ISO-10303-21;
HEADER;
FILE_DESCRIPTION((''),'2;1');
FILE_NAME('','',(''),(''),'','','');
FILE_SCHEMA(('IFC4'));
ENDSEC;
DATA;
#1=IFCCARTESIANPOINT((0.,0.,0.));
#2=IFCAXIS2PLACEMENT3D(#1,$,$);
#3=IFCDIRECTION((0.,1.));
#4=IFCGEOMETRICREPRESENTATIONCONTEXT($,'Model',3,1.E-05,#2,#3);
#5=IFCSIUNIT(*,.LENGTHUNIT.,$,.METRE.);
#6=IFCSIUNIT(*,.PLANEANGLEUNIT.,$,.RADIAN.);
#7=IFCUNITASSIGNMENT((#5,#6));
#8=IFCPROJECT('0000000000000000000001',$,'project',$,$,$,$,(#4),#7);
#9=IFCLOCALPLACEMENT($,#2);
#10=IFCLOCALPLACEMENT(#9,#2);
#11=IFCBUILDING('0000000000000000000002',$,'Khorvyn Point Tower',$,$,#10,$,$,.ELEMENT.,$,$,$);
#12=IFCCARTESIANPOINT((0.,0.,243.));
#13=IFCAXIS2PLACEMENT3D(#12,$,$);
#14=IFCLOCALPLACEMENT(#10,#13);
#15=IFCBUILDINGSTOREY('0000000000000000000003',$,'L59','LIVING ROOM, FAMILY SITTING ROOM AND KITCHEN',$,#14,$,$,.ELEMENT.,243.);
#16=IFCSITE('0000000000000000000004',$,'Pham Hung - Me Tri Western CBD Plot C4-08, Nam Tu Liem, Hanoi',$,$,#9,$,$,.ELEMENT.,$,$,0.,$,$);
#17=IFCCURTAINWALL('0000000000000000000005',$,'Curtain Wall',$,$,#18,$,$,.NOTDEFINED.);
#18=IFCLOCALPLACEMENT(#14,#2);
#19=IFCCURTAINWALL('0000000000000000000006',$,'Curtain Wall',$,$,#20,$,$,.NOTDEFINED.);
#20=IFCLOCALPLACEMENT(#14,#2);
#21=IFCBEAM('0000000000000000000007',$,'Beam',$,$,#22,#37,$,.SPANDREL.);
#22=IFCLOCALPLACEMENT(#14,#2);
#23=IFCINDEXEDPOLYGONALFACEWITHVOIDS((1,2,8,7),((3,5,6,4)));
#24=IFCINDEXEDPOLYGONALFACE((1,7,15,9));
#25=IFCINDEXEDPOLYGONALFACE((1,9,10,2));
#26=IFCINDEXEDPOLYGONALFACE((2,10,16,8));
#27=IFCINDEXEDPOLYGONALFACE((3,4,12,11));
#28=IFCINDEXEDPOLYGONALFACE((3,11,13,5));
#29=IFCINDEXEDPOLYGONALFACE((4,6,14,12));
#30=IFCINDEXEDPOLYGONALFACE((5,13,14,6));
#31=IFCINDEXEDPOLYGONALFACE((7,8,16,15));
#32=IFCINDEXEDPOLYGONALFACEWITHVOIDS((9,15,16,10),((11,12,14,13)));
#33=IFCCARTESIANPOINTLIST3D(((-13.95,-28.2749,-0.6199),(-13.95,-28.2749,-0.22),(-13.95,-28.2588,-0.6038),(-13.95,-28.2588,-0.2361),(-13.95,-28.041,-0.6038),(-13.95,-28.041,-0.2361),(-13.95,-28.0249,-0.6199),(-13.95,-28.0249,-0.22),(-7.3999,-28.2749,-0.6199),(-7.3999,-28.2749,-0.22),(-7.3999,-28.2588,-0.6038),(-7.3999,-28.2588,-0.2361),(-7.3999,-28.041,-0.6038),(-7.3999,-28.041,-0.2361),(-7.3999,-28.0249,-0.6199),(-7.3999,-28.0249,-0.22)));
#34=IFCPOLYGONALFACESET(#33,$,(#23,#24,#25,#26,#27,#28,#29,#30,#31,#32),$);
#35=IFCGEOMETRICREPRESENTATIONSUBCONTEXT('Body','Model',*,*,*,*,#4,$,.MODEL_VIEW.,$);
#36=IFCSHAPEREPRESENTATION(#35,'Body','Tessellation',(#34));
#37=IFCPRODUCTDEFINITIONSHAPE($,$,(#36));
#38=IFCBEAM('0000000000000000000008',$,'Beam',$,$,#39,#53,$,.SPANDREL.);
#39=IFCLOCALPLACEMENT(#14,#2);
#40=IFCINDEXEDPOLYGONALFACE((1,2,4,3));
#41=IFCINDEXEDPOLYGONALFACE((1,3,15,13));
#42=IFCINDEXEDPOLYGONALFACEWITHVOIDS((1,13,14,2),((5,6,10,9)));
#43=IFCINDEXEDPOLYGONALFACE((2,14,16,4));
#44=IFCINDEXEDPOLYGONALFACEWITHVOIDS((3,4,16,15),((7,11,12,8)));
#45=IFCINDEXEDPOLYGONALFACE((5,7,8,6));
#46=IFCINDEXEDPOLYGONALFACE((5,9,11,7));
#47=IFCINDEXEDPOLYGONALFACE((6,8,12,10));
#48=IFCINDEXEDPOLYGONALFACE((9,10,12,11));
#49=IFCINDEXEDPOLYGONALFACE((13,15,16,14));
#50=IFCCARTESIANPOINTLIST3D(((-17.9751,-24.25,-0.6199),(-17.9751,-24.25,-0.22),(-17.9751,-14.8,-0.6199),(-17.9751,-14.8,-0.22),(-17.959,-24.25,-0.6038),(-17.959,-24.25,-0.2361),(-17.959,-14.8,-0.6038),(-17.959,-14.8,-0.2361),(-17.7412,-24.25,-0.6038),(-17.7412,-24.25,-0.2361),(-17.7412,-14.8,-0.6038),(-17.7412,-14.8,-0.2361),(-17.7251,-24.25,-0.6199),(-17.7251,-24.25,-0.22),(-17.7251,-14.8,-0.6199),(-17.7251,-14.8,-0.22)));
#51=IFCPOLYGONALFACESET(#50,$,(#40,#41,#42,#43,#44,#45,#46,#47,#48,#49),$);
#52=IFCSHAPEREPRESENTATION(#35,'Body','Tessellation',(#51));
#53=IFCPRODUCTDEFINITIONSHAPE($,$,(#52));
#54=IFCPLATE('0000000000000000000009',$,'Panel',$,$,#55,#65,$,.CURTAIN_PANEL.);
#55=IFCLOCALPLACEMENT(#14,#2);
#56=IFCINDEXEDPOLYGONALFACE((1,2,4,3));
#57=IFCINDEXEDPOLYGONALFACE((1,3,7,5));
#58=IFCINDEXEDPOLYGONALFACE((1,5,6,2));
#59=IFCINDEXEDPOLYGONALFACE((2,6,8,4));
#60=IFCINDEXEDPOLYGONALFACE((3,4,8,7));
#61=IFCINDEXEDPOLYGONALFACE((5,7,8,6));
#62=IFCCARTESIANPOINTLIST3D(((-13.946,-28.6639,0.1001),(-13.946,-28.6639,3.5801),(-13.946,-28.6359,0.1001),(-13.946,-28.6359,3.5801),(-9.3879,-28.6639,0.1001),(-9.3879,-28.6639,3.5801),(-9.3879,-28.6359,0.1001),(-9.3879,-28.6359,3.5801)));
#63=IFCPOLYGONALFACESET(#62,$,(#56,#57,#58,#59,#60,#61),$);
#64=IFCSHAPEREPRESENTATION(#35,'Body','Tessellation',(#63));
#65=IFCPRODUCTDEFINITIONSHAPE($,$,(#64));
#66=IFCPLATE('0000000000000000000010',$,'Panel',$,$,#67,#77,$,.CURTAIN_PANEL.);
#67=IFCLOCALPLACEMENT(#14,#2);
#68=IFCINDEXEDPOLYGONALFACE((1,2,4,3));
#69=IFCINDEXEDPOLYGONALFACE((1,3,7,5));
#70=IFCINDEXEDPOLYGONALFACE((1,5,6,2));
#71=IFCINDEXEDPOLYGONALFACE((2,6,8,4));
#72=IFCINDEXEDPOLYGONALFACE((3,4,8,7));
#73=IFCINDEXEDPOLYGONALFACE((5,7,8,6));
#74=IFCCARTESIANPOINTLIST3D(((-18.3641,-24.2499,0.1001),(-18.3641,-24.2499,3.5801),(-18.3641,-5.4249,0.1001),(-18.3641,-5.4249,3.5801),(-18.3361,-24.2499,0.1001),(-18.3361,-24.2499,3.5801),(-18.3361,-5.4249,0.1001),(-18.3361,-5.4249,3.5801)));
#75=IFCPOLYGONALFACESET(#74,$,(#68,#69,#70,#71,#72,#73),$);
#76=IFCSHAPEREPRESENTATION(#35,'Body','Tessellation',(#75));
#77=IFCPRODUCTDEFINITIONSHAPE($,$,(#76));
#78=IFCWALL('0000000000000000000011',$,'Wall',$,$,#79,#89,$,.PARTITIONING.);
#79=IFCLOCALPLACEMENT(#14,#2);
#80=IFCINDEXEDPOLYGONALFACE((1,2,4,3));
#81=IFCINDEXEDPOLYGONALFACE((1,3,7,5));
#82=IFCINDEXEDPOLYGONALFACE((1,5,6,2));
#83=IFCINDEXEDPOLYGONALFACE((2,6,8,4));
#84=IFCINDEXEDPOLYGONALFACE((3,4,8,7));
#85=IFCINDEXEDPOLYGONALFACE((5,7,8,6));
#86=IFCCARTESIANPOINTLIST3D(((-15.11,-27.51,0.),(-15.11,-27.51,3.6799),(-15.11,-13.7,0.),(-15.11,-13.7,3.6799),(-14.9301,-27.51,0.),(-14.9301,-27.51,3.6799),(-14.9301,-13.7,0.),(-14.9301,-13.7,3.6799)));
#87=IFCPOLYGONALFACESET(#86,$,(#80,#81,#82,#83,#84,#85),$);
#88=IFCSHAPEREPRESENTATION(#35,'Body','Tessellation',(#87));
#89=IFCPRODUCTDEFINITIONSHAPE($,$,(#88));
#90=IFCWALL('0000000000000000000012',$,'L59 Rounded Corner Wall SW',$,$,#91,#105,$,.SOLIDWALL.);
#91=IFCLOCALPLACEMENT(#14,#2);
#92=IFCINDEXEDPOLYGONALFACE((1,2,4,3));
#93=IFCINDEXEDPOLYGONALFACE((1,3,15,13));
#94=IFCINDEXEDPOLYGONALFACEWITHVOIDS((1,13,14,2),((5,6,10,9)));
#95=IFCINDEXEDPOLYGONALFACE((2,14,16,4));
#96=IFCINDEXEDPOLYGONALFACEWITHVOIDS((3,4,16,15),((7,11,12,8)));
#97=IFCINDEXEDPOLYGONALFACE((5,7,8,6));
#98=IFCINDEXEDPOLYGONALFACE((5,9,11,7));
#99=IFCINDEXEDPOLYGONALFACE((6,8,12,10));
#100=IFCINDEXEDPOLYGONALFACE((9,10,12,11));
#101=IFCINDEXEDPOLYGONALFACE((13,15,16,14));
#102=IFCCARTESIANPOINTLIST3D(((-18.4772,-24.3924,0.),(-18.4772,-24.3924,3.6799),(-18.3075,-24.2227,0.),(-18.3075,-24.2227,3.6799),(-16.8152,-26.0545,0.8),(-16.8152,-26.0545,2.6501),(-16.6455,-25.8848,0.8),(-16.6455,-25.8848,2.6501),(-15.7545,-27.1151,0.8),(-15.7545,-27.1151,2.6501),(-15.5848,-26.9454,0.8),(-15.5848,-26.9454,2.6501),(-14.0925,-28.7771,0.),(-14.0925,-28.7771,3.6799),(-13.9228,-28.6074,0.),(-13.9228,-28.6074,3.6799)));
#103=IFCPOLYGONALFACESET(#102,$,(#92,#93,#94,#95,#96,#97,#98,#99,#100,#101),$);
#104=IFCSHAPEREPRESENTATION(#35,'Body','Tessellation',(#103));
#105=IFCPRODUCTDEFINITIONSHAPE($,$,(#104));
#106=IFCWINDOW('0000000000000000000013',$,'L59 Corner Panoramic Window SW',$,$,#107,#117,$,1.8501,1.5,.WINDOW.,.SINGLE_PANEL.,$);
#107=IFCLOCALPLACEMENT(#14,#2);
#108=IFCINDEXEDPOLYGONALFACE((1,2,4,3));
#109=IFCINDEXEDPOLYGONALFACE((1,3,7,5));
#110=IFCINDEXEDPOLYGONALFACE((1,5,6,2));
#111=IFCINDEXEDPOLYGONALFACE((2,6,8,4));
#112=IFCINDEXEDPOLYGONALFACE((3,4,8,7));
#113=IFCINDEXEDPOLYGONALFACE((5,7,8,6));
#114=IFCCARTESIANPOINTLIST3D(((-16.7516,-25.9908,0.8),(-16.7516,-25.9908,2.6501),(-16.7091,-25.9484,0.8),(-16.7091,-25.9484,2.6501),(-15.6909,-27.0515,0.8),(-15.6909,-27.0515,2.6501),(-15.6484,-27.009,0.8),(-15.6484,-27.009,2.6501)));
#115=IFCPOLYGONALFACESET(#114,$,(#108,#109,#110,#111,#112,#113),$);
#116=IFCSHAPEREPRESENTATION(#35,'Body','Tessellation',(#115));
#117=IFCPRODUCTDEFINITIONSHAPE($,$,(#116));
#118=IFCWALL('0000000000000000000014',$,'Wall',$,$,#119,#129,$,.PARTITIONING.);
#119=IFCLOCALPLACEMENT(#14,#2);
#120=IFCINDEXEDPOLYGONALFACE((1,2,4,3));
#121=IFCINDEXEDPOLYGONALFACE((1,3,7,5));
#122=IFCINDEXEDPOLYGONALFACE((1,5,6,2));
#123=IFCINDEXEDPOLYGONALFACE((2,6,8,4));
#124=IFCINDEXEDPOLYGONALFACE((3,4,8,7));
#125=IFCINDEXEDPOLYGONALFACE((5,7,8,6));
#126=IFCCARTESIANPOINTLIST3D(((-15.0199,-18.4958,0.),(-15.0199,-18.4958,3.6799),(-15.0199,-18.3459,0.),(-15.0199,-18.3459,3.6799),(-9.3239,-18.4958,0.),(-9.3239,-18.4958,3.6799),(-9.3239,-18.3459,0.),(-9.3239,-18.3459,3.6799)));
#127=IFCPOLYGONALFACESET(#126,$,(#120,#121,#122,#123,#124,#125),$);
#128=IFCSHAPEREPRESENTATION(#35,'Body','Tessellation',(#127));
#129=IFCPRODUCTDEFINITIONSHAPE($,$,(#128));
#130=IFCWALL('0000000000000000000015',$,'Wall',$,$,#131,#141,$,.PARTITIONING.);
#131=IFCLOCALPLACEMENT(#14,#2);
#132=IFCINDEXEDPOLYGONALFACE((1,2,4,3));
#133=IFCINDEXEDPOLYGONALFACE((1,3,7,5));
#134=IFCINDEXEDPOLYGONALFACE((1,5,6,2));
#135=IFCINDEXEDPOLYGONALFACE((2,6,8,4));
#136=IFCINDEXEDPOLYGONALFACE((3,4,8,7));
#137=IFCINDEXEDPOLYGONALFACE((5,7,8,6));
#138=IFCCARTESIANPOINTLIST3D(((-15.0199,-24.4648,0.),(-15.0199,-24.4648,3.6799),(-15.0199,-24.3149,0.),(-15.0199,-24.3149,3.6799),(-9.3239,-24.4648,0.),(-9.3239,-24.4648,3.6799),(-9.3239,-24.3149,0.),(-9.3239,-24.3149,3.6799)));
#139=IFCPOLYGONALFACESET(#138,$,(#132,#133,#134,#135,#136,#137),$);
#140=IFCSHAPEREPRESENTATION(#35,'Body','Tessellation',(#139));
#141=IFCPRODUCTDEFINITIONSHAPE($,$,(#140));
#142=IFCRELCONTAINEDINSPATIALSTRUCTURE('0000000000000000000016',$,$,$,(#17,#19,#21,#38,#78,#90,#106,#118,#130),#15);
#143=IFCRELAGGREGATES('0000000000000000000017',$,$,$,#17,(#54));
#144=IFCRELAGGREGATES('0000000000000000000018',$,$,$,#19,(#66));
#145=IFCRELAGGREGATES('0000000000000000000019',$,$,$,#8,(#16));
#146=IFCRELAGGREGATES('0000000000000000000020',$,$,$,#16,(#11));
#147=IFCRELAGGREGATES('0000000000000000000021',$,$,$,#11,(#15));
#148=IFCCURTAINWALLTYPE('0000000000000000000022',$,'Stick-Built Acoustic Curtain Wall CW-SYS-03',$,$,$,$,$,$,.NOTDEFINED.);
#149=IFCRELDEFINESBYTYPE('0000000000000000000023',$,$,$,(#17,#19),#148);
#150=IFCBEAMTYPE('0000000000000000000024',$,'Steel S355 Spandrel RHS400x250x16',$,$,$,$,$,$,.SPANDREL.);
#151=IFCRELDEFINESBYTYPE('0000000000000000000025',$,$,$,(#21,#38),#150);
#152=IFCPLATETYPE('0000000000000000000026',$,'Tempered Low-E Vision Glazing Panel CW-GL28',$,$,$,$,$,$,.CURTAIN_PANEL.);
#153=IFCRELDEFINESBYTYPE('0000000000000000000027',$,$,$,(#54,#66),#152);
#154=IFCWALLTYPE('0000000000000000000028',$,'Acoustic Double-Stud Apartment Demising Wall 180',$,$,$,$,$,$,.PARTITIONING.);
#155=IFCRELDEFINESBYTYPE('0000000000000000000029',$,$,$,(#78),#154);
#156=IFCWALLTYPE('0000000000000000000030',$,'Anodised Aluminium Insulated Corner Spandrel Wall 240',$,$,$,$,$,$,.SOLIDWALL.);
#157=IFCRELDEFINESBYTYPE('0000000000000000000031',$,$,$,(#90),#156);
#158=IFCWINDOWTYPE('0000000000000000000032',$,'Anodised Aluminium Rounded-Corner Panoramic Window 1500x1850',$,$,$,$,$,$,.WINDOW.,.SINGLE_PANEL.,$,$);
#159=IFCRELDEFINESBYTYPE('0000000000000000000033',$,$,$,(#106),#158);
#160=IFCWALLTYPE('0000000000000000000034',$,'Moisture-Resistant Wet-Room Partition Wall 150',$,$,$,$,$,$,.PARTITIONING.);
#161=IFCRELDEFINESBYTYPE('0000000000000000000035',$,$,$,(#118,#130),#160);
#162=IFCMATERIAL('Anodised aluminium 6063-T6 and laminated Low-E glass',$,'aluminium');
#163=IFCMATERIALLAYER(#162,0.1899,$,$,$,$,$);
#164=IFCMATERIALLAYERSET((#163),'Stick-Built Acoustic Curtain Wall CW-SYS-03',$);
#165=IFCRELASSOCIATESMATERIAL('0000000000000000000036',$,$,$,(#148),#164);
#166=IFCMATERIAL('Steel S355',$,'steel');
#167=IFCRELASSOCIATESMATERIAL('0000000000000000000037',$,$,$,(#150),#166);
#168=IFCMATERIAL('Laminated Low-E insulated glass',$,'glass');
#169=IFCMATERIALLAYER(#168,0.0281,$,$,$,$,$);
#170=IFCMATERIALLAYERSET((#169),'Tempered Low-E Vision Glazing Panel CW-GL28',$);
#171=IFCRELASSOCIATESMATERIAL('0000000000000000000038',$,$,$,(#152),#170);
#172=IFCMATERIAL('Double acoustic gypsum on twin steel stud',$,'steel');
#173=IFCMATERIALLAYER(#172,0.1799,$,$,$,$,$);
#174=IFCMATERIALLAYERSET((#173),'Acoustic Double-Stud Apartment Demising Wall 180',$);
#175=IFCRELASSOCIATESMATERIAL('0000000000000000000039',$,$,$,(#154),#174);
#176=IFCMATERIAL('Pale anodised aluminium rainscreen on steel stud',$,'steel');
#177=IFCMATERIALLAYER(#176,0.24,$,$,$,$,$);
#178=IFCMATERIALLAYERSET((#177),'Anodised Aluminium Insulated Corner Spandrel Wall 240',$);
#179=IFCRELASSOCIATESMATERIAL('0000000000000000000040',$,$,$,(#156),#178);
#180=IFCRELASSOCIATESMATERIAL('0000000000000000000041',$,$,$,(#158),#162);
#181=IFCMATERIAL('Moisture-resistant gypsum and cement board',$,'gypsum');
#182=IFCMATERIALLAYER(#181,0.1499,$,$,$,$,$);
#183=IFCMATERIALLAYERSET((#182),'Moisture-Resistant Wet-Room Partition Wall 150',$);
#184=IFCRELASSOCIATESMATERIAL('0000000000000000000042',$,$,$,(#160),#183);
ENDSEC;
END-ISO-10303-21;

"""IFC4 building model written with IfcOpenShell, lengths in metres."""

from ifc_helpers import new_model, si_unit, direction, frame, frame_2d, origin, origin_2d, place, context, subcontext, project, spatial, rectangle, hollow_rectangle, extrude, material, layer, layer_set, material_profile, profile_set, type_object, element, fill, aggregate, save


model = new_model("IFC4")

# Units and contexts
model_context = context("Model", 3, precision=1e-05, world=origin(), true_north=direction((0.0, 1.0)))
body_context = subcontext(model_context, "Body", "Model", "MODEL_VIEW")
ifc_project = project(units=[si_unit("LENGTHUNIT", "METRE"), si_unit("PLANEANGLEUNIT", "RADIAN")], contexts=[model_context])

# Site, building, storey
site_placement = place(None, origin())
site = spatial("IfcSite", under=ifc_project, at=site_placement, Name="Pham Hung - Me Tri Western CBD Plot C4-08, Nam Tu Liem, Hanoi", CompositionType="ELEMENT", RefElevation=0.0)
building_placement = place(site_placement, origin())
building = spatial("IfcBuilding", under=site, at=building_placement, Name="Khorvyn Point Tower", CompositionType="ELEMENT")
storey_placement = place(building_placement, frame((0.0, 0.0, 243.0)))
storey = spatial("IfcBuildingStorey", under=building, at=storey_placement, Name="L59", Description="LIVING ROOM, FAMILY SITTING ROOM AND KITCHEN", CompositionType="ELEMENT", Elevation=243.0)

# Curtain wall
ifc_material_1 = material(Name="Anodised aluminium 6063-T6 and laminated Low-E glass", Category="aluminium")
ifc_layer_1 = layer(ifc_material_1, 0.1899)
ifc_layer_set_1 = layer_set([ifc_layer_1], Name="Stick-Built Acoustic Curtain Wall CW-SYS-03")
curtain_wall_type = type_object("IfcCurtainWallType", Name="Stick-Built Acoustic Curtain Wall CW-SYS-03", PredefinedType="NOTDEFINED", material=ifc_layer_set_1)
curtain_wall_1_placement = place(storey_placement, origin())
curtain_wall_1 = element("IfcCurtainWall", 1, at=curtain_wall_1_placement, inside=storey, type_object=curtain_wall_type, Name="Curtain Wall", PredefinedType="NOTDEFINED")

# Curtain wall
curtain_wall_2_placement = place(storey_placement, origin())
curtain_wall_2 = element("IfcCurtainWall", 2, at=curtain_wall_2_placement, inside=storey, type_object=curtain_wall_type, Name="Curtain Wall", PredefinedType="NOTDEFINED")

# Beams
ifc_material_2 = material(Name="Steel S355", Category="steel")
ifc_material_profile_1 = material_profile(ifc_material_2, hollow_rectangle(XDim=0.25, YDim=0.3999, WallThickness=0.0161, at=origin_2d()))
ifc_profile_set_1 = profile_set([ifc_material_profile_1], Name="Steel S355 RHS400x250x16")
beam_type_1 = type_object("IfcBeamType", Name="Steel S355 Spandrel RHS400x250x16", PredefinedType="SPANDREL", material=ifc_profile_set_1)
beam_1_placement = place(storey_placement, frame((-13.95, -28.1499, -0.4199), z_axis=(1.0, 0.0, 0.0), x_axis=(0.0, 1.0, 0.0)))
element("IfcBeam", 3, at=beam_1_placement, inside=storey, type_object=beam_type_1, Name="Beam", PredefinedType="SPANDREL", context=body_context, shape_type="SweptSolid", body=[
    extrude(hollow_rectangle(XDim=0.25, YDim=0.3999, WallThickness=0.0161, at=origin_2d()), origin(), (0.0, 0.0, 1.0), 6.55),
])
beam_2_placement = place(storey_placement, frame((-17.8501, -24.25, -0.4199), z_axis=(0.0, 1.0, 0.0), x_axis=(-1.0, 0.0, 0.0)))
element("IfcBeam", 4, at=beam_2_placement, inside=storey, type_object=beam_type_1, Name="Beam", PredefinedType="SPANDREL", context=body_context, shape_type="SweptSolid", body=[
    extrude(hollow_rectangle(XDim=0.25, YDim=0.3999, WallThickness=0.0161, at=origin_2d()), origin(), (0.0, 0.0, 1.0), 9.45),
])

# Plates
ifc_material_3 = material(Name="Laminated Low-E insulated glass", Category="glass")
ifc_layer_2 = layer(ifc_material_3, 0.0281)
ifc_layer_set_2 = layer_set([ifc_layer_2], Name="Tempered Low-E Vision Glazing Panel CW-GL28")
plate_type = type_object("IfcPlateType", Name="Tempered Low-E Vision Glazing Panel CW-GL28", PredefinedType="CURTAIN_PANEL", material=ifc_layer_set_2)
plate_1_placement = place(storey_placement, frame((-11.667, -28.6499, 0.1001), z_axis=(0.0, 0.0, 1.0), x_axis=(-1.0, 0.0, 0.0)))
plate_1 = element("IfcPlate", 5, at=plate_1_placement, type_object=plate_type, Name="Panel", PredefinedType="CURTAIN_PANEL", context=body_context, shape_type="SweptSolid", body=[
    extrude(rectangle(XDim=4.5581, YDim=0.0281, at=origin_2d()), origin(), (0.0, 0.0, 1.0), 3.48),
])
aggregate(curtain_wall_1, [plate_1])
plate_2_placement = place(storey_placement, frame((-18.3501, -14.8374, 0.1001), z_axis=(0.0, 0.0, 1.0), x_axis=(0.0, 1.0, 0.0)))
plate_2 = element("IfcPlate", 6, at=plate_2_placement, type_object=plate_type, Name="Panel", PredefinedType="CURTAIN_PANEL", context=body_context, shape_type="SweptSolid", body=[
    extrude(rectangle(XDim=18.825, YDim=0.0281, at=origin_2d()), origin(), (0.0, 0.0, 1.0), 3.48),
])
aggregate(curtain_wall_2, [plate_2])

# Wall
ifc_material_4 = material(Name="Double acoustic gypsum on twin steel stud", Category="steel")
ifc_layer_3 = layer(ifc_material_4, 0.1799)
ifc_layer_set_3 = layer_set([ifc_layer_3], Name="Acoustic Double-Stud Apartment Demising Wall 180")
wall_type_1 = type_object("IfcWallType", Name="Acoustic Double-Stud Apartment Demising Wall 180", PredefinedType="PARTITIONING", material=ifc_layer_set_3)
wall_1_placement = place(storey_placement, frame((-15.02, -27.51, 0.0), z_axis=(0.0, 0.0, 1.0), x_axis=(0.0, 1.0, 0.0)))
element("IfcWall", 7, at=wall_1_placement, inside=storey, type_object=wall_type_1, Name="Wall", PredefinedType="PARTITIONING", context=body_context, shape_type="SweptSolid", body=[
    extrude(rectangle(XDim=13.8101, YDim=0.1799, at=frame_2d((6.905, 0.0))), origin(), (0.0, 0.0, 1.0), 3.6799),
])

# Wall, opening, window
ifc_material_5 = material(Name="Pale anodised aluminium rainscreen on steel stud", Category="steel")
ifc_layer_4 = layer(ifc_material_5, 0.24)
ifc_layer_set_4 = layer_set([ifc_layer_4], Name="Anodised Aluminium Insulated Corner Spandrel Wall 240")
wall_type_2 = type_object("IfcWallType", Name="Anodised Aluminium Insulated Corner Spandrel Wall 240", PredefinedType="SOLIDWALL", material=ifc_layer_set_4)
wall_2_placement = place(storey_placement, frame((-14.0076, -28.6924, 0.0), z_axis=(0.0, 0.0, 1.0), x_axis=(-0.707107, 0.707107, 0.0)))
wall_2 = element("IfcWall", 8, at=wall_2_placement, inside=storey, type_object=wall_type_2, Name="L59 Rounded Corner Wall SW", PredefinedType="SOLIDWALL", context=body_context, shape_type="SweptSolid", body=[
    extrude(rectangle(XDim=6.2009, YDim=0.24, at=frame_2d((3.1006, 0.0))), origin(), (0.0, 0.0, 1.0), 3.6799),
])
opening_placement = place(wall_2_placement, frame((2.3506, 0.0, 0.8)))
opening = element("IfcOpeningElement", 9, at=opening_placement, cuts=wall_2, PredefinedType="OPENING", context=body_context, shape_type="SweptSolid", body=[
    extrude(rectangle(XDim=1.5, YDim=1.8501, at=frame_2d((0.75, 0.925))), frame((0.0, 0.1299, 0.0), z_axis=(0.0, -1.0, 0.0), x_axis=(1.0, 0.0, 0.0)), (0.0, 0.0, 1.0), 0.26),
])
window_type = type_object("IfcWindowType", Name="Anodised Aluminium Rounded-Corner Panoramic Window 1500x1850", PartitioningType="SINGLE_PANEL", PredefinedType="WINDOW", material=ifc_material_1)
window_placement = place(opening_placement, origin())
window = element("IfcWindow", 10, at=window_placement, inside=storey, type_object=window_type, Name="L59 Corner Panoramic Window SW", OverallHeight=1.8501, OverallWidth=1.5, PartitioningType="SINGLE_PANEL", PredefinedType="WINDOW", context=body_context, shape_type="SweptSolid", body=[
    extrude(rectangle(XDim=1.5, YDim=1.8501, at=frame_2d((0.75, 0.925))), frame((0.0, 0.03, 0.0), z_axis=(0.0, -1.0, 0.0), x_axis=(1.0, 0.0, 0.0)), (0.0, 0.0, 1.0), 0.0601),
])
fill(opening, window)

# Walls
ifc_material_6 = material(Name="Moisture-resistant gypsum and cement board", Category="gypsum")
ifc_layer_5 = layer(ifc_material_6, 0.1499)
ifc_layer_set_5 = layer_set([ifc_layer_5], Name="Moisture-Resistant Wet-Room Partition Wall 150")
wall_type_3 = type_object("IfcWallType", Name="Moisture-Resistant Wet-Room Partition Wall 150", PredefinedType="PARTITIONING", material=ifc_layer_set_5)
for number, where, z_axis, x_axis, name in (
    (11, (-15.02, -18.4209, 0.0), (0.0, 0.0, 1.0), (1.0, 0.0, 0.0), "Wall"),
    (12, (-15.02, -24.3899, 0.0), (0.0, 0.0, 1.0), (1.0, 0.0, 0.0), "Wall"),
):
    element("IfcWall", number, at=place(storey_placement, frame(where, z_axis=z_axis, x_axis=x_axis)), inside=storey, type_object=wall_type_3, Name=name, PredefinedType="PARTITIONING", context=body_context, shape_type="SweptSolid", body=[
        extrude(rectangle(XDim=5.696, YDim=0.1499, at=frame_2d((2.8481, 0.0))), origin(), (0.0, 0.0, 1.0), 3.6799),
    ])

save(model, "model.ifc")
